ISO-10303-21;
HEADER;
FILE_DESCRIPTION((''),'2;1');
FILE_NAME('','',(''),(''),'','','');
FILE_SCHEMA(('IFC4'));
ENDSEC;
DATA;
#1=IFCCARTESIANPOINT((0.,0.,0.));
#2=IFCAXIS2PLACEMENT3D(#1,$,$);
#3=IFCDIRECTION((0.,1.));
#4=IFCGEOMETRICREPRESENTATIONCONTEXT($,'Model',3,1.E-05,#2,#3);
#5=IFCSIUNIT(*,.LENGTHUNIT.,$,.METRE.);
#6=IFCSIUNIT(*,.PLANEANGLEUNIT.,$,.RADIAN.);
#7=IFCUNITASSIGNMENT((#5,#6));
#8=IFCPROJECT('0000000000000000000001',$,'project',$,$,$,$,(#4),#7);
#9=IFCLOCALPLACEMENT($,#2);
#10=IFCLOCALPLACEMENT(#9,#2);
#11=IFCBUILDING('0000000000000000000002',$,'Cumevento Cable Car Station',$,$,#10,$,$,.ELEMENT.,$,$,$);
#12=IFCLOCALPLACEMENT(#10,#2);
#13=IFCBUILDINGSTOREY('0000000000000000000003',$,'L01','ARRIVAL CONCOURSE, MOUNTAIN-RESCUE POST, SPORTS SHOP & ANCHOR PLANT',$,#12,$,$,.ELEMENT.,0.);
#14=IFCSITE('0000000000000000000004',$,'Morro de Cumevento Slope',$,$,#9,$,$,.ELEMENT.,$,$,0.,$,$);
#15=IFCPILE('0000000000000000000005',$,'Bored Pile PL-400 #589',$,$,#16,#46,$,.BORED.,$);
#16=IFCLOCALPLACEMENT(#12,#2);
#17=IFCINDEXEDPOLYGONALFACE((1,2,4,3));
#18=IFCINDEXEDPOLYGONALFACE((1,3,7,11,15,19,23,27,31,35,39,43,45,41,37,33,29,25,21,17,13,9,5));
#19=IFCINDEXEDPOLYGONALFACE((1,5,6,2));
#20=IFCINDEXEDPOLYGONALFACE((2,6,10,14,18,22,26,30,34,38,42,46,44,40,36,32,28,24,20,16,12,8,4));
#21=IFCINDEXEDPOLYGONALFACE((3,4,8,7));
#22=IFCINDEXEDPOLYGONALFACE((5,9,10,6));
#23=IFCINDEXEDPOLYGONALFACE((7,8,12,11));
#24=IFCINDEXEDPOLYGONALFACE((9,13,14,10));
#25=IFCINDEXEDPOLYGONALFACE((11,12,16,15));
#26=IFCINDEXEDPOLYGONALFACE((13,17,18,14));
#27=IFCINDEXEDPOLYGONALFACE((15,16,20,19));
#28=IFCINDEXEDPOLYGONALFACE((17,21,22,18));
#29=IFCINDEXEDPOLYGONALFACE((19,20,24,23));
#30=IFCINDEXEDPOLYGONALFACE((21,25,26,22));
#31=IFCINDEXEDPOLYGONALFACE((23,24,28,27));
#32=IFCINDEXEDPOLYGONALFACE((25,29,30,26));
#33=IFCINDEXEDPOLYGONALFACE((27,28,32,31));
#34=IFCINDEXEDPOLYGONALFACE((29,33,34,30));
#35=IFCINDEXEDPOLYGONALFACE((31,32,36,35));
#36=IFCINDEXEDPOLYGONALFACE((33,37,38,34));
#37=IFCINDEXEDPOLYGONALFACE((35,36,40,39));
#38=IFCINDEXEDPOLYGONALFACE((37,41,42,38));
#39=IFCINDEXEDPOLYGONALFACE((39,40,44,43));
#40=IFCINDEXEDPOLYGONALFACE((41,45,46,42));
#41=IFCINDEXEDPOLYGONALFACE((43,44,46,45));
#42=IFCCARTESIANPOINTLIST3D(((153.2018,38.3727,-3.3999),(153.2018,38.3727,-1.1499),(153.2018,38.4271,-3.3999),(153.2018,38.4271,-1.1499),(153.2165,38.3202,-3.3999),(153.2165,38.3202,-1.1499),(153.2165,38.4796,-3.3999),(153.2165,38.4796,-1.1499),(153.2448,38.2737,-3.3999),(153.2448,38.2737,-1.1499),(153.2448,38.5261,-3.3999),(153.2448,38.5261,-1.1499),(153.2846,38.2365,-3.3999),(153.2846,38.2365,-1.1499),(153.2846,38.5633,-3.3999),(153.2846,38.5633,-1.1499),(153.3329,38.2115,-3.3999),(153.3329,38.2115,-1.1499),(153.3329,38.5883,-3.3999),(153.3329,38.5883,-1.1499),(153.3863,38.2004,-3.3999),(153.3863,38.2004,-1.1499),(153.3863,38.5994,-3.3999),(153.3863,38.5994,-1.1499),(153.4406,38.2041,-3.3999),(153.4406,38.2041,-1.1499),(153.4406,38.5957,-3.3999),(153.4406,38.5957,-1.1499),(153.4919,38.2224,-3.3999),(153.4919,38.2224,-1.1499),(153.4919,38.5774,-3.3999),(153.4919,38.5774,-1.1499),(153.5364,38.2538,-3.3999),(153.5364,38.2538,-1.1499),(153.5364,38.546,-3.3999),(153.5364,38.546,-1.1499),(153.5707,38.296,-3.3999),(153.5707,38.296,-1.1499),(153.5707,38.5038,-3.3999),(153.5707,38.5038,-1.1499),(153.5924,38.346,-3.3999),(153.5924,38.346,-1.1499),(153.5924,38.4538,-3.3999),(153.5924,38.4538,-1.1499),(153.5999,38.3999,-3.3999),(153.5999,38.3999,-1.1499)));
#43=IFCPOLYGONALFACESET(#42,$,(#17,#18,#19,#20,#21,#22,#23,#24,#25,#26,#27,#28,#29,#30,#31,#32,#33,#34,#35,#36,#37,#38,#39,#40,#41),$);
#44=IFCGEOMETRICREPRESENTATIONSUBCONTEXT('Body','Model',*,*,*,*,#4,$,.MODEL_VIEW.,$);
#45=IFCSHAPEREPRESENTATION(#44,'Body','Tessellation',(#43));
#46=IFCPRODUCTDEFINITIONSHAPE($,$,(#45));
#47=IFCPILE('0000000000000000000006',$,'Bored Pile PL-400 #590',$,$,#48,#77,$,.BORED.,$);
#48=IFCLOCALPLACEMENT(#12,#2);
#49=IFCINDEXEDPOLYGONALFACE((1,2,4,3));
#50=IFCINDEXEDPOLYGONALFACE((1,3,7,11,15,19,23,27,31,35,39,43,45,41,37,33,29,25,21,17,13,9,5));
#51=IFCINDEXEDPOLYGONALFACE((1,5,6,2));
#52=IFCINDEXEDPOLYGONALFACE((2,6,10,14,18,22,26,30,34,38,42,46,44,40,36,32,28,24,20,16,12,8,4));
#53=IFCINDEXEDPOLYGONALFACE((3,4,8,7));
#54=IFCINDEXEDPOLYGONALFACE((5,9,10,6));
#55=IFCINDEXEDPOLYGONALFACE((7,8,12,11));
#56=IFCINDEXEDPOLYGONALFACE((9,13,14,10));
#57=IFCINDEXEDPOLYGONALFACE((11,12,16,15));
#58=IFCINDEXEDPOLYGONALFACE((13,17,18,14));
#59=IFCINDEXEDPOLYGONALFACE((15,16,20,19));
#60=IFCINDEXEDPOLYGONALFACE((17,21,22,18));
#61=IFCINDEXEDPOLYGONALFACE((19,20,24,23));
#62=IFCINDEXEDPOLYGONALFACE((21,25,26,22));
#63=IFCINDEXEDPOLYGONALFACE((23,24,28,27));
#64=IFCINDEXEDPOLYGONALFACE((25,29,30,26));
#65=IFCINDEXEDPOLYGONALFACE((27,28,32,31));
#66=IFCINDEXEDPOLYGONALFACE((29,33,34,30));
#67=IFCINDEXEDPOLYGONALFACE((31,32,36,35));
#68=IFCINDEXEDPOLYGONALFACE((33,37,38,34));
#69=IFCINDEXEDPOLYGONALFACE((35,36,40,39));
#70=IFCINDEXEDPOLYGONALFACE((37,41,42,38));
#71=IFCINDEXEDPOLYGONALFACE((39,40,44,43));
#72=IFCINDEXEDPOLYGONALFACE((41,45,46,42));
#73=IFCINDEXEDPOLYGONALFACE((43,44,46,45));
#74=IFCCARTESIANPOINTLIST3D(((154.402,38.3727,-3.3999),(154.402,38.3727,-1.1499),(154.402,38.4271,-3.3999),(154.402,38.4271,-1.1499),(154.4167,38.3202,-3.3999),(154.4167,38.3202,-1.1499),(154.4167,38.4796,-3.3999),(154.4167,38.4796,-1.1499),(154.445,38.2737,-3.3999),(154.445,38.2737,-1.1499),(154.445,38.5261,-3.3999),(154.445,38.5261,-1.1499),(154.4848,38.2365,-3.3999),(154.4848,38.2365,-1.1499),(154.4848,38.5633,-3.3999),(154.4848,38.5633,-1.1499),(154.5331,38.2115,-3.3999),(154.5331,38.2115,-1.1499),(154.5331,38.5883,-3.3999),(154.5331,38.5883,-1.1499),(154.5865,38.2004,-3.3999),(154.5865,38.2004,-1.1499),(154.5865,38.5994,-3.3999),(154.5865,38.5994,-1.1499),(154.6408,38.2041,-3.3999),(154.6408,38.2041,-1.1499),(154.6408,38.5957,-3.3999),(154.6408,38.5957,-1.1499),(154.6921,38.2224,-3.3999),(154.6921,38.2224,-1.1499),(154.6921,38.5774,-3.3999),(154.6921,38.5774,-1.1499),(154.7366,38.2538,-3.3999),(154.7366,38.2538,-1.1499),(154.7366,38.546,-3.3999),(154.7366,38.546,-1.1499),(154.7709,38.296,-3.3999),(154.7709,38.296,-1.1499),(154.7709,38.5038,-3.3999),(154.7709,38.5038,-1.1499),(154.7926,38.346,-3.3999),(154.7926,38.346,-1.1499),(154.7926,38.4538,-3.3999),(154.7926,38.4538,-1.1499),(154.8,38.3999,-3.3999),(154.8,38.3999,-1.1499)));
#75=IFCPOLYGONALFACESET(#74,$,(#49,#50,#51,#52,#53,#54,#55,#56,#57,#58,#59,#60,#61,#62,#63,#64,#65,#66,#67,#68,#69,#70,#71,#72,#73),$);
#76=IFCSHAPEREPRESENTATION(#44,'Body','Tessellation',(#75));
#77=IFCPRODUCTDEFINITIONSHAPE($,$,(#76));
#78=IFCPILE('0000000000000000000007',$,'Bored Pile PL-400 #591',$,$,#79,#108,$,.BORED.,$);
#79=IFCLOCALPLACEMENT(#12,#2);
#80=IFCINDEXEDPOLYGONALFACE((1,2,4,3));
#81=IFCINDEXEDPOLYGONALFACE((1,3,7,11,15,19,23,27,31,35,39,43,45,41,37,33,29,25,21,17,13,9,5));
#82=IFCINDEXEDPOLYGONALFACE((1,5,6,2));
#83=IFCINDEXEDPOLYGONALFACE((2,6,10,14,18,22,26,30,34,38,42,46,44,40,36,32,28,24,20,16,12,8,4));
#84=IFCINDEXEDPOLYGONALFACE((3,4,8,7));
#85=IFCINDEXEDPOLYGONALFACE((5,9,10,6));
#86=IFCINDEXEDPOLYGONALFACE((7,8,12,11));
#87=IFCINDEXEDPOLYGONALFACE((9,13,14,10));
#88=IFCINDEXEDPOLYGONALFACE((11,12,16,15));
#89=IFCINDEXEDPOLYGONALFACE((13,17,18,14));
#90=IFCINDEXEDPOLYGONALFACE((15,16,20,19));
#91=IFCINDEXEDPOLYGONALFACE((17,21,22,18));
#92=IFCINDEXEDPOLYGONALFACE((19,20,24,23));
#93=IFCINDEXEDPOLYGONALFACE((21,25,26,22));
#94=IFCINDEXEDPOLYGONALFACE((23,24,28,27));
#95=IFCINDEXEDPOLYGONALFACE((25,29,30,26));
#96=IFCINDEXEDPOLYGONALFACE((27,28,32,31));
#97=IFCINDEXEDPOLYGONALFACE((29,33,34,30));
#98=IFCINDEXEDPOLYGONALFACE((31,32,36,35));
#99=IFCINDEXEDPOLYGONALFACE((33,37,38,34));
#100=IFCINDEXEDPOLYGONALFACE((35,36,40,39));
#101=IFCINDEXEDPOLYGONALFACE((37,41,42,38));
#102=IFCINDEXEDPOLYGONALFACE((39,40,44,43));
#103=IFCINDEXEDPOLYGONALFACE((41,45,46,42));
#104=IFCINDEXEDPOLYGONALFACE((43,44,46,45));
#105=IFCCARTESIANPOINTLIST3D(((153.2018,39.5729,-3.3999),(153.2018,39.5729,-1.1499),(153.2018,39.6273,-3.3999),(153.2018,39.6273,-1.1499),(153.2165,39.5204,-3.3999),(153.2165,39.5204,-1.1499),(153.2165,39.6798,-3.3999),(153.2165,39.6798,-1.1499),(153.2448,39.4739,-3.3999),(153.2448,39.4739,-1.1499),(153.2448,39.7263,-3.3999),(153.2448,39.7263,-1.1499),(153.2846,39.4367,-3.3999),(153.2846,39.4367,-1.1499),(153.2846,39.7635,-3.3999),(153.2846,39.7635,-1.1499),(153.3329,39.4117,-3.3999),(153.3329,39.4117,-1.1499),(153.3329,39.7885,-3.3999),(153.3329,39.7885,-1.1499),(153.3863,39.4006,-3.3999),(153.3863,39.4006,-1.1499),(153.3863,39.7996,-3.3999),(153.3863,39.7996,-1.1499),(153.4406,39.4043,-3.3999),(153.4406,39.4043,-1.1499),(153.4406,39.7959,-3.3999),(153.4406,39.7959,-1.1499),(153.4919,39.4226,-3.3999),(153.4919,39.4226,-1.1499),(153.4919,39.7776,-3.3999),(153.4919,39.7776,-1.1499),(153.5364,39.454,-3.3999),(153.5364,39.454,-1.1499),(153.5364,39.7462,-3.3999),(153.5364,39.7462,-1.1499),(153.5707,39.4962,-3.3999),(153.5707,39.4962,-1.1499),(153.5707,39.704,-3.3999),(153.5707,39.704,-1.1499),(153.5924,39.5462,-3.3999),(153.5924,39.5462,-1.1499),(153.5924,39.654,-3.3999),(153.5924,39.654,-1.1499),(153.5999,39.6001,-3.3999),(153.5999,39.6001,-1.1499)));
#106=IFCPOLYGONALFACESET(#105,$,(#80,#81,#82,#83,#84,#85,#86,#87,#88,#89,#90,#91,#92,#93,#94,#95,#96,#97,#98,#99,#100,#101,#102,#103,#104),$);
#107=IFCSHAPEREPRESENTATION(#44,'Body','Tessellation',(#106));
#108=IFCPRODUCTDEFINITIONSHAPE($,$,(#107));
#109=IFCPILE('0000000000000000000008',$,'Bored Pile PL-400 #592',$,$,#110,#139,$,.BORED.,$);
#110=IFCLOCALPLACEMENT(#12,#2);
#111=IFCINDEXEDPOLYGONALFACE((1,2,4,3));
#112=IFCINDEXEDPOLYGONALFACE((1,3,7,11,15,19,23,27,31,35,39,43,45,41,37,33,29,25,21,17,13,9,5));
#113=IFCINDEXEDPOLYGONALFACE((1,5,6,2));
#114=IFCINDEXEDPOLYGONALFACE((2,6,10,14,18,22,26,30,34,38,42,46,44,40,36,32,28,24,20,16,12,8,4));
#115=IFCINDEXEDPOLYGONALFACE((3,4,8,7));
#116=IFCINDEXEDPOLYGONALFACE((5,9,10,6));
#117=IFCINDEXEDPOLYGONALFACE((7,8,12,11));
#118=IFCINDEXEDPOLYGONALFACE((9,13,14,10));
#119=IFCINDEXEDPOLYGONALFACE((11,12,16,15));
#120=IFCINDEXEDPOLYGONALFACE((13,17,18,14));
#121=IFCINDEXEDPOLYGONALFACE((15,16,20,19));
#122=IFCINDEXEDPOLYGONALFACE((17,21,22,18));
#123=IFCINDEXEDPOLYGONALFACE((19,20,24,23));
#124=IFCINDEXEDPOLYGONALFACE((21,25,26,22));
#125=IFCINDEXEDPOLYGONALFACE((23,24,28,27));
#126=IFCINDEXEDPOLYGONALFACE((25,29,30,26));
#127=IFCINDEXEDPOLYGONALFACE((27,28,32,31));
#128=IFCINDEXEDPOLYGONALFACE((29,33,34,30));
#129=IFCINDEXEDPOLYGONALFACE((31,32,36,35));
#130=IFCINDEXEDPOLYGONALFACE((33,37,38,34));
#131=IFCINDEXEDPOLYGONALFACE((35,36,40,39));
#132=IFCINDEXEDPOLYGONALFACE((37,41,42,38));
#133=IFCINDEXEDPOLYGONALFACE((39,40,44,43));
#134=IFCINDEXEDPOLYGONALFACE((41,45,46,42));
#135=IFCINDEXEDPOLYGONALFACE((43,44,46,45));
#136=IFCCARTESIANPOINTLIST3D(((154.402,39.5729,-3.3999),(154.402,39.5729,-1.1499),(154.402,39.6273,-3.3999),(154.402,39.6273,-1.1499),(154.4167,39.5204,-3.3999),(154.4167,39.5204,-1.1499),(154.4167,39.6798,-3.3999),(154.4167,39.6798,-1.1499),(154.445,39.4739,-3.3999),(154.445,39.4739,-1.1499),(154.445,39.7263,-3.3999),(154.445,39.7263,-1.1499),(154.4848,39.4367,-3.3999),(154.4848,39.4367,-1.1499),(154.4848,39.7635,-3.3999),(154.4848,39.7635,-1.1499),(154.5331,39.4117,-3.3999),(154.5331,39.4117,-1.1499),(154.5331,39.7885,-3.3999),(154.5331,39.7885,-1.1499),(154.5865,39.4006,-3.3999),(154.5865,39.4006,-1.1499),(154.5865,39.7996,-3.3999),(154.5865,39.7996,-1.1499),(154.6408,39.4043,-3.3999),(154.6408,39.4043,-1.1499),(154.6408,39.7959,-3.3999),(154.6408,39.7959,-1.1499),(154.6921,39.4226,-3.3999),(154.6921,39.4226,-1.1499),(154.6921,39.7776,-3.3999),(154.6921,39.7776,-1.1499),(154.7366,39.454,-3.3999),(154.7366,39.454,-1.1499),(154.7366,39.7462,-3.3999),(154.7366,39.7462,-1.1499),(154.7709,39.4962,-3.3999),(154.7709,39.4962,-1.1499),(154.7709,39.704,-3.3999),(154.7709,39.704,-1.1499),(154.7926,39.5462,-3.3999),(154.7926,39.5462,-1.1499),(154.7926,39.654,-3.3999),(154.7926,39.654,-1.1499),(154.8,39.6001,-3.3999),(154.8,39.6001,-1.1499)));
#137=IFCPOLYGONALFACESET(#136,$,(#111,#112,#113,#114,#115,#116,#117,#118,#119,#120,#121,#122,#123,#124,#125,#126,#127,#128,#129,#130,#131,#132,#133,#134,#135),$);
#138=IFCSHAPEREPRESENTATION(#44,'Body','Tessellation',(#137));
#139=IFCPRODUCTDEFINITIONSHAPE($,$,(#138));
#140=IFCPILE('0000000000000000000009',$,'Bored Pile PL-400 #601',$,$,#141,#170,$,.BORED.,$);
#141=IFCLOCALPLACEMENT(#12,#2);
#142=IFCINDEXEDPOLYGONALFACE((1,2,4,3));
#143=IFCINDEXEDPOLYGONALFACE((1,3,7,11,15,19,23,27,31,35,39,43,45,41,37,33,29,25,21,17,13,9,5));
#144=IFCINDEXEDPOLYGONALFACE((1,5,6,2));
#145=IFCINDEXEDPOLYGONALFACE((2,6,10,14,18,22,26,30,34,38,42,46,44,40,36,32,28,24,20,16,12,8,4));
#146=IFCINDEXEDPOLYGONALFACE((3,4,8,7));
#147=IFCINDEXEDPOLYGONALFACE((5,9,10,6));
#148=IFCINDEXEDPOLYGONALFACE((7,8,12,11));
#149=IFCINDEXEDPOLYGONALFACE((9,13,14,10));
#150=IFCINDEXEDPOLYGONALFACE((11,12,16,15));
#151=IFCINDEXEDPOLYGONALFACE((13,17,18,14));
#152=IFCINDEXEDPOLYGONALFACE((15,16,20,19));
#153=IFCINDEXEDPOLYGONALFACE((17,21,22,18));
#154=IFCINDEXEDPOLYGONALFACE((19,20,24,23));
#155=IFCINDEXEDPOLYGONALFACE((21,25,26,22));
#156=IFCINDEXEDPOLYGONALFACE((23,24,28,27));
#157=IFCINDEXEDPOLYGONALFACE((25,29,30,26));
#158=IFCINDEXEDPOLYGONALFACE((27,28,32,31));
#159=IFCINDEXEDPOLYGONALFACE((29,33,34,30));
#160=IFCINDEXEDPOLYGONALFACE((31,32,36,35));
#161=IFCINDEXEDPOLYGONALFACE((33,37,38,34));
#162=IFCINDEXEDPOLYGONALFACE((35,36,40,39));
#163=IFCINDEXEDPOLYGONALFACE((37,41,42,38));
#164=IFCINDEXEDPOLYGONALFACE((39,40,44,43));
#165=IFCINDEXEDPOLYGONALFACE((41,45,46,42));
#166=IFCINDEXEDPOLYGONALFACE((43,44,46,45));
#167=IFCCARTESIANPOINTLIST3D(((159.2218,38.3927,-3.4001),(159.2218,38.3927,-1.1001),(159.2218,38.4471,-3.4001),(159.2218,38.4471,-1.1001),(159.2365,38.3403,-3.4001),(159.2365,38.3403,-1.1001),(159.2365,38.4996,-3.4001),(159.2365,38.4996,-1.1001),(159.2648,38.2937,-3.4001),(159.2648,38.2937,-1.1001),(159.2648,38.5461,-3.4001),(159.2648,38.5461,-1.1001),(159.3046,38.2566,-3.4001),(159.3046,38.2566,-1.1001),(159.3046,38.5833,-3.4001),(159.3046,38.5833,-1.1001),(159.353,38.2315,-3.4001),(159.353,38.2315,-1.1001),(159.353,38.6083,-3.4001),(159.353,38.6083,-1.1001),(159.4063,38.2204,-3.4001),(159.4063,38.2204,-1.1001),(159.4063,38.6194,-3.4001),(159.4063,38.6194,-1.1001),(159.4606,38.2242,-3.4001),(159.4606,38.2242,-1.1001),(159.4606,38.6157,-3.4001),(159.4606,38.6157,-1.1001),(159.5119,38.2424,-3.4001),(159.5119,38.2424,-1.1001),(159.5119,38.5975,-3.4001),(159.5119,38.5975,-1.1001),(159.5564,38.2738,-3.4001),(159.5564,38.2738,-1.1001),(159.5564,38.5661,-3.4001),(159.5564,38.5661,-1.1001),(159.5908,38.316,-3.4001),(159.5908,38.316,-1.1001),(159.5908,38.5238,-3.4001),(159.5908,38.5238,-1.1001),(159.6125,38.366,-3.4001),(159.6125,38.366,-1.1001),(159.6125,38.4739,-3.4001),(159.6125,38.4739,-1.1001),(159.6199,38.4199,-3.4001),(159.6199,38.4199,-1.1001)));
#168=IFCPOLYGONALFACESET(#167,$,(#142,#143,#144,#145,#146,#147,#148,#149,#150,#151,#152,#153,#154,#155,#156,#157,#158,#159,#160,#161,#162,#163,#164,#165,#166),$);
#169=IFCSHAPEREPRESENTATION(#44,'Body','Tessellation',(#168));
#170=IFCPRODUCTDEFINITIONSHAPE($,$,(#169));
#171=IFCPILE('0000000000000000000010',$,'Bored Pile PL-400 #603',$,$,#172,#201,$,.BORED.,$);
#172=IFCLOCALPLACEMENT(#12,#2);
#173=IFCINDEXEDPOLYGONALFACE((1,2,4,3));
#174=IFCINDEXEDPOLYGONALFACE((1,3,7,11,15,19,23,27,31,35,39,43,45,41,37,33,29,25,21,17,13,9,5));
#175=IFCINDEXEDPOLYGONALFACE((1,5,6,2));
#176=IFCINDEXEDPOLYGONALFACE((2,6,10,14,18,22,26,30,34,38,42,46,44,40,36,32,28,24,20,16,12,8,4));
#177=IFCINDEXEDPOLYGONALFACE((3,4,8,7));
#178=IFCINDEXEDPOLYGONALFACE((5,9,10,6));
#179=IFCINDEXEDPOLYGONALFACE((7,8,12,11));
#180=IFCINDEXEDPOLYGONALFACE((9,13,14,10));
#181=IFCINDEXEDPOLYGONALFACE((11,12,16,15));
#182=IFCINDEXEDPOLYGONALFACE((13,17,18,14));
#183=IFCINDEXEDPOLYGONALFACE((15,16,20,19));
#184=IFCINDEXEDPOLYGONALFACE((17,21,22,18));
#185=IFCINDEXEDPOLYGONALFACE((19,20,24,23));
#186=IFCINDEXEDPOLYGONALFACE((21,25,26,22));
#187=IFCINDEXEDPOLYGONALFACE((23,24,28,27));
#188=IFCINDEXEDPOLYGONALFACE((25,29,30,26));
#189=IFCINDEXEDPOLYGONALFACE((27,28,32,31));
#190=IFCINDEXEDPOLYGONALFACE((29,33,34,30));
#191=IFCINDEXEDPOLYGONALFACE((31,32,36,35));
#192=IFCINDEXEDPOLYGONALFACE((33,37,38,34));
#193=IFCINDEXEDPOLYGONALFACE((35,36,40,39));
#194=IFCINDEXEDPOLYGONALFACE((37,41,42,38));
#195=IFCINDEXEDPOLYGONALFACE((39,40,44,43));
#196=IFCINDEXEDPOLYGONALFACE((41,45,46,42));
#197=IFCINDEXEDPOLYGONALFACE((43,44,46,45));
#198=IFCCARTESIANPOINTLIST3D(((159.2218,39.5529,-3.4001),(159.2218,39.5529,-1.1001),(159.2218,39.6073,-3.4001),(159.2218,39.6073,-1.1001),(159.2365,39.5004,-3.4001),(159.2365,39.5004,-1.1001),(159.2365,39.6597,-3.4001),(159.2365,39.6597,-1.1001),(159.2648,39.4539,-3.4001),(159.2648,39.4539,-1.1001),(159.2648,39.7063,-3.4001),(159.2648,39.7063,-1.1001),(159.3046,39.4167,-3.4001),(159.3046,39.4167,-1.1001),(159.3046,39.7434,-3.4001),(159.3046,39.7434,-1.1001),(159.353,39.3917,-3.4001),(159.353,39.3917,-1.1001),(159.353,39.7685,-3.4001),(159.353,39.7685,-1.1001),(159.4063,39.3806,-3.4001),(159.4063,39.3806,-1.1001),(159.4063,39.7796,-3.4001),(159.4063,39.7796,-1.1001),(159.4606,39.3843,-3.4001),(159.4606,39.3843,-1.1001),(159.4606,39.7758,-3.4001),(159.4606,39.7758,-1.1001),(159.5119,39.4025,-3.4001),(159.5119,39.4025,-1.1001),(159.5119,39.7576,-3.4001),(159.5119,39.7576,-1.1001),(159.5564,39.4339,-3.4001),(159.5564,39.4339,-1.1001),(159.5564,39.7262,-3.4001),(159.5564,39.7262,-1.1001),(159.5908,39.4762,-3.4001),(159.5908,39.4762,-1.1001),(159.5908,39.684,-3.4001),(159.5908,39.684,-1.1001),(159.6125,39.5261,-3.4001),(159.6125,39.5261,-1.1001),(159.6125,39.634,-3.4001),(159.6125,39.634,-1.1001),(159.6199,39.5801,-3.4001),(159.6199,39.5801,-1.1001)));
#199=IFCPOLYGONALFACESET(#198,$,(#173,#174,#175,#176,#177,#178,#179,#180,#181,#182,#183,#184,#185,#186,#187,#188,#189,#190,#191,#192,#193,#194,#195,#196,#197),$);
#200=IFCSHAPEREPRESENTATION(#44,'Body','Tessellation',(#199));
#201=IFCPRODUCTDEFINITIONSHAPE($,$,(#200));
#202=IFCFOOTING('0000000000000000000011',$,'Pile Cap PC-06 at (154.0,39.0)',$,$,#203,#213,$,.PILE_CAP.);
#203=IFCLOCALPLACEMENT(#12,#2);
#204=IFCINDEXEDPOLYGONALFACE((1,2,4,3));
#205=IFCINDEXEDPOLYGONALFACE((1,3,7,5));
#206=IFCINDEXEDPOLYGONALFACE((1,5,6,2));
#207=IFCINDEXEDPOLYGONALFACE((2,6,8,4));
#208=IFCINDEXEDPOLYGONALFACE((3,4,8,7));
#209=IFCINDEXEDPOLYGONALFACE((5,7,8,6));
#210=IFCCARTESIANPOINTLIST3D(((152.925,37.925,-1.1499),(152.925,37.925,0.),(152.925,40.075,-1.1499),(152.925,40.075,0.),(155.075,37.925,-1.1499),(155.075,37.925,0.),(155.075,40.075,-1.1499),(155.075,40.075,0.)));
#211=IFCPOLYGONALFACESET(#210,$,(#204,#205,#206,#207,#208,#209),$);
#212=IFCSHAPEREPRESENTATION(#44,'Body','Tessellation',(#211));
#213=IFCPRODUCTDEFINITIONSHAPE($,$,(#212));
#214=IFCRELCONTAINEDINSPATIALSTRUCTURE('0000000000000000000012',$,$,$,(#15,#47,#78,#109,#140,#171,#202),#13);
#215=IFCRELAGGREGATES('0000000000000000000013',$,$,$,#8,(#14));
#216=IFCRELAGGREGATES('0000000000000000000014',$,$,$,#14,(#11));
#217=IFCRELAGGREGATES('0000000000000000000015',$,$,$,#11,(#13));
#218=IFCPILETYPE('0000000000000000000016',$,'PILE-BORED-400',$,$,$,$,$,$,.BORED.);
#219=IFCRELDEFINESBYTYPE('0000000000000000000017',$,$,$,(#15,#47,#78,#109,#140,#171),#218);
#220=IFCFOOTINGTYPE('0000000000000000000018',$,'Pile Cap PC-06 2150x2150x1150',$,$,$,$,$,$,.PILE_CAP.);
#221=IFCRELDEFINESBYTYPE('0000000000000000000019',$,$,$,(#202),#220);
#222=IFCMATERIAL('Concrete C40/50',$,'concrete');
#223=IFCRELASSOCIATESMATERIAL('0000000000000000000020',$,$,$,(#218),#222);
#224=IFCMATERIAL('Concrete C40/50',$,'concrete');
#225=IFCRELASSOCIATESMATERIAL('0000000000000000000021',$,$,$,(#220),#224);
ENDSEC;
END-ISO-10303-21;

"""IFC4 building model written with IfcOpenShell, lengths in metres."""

from ifc_helpers import new_model, si_unit, direction, frame, origin, origin_2d, place, context, subcontext, project, spatial, rectangle, circle, extrude, material, material_profile, profile_set, type_object, element, save


model = new_model("IFC4")

# Units and contexts
model_context = context("Model", 3, precision=1e-05, world=origin(), true_north=direction((0.0, 1.0)))
body_context = subcontext(model_context, "Body", "Model", "MODEL_VIEW")
ifc_project = project(units=[si_unit("LENGTHUNIT", "METRE"), si_unit("PLANEANGLEUNIT", "RADIAN")], contexts=[model_context])

# Site, building, storey
site_placement = place(None, origin())
site = spatial("IfcSite", under=ifc_project, at=site_placement, Name="Morro de Cumevento Slope", CompositionType="ELEMENT", RefElevation=0.0)
building_placement = place(site_placement, origin())
building = spatial("IfcBuilding", under=site, at=building_placement, Name="Cumevento Cable Car Station", CompositionType="ELEMENT")
storey_placement = place(building_placement, origin())
storey = spatial("IfcBuildingStorey", under=building, at=storey_placement, Name="L01", Description="ARRIVAL CONCOURSE, MOUNTAIN-RESCUE POST, SPORTS SHOP & ANCHOR PLANT", CompositionType="ELEMENT", Elevation=0.0)

# Piles
ifc_material_1 = material(Name="Concrete C40/50", Category="concrete")
ifc_material_profile_1 = material_profile(ifc_material_1, circle(Radius=0.2, at=origin_2d()), Name="PILE-D400")
ifc_profile_set_1 = profile_set([ifc_material_profile_1], Name="Concrete C40/50")
pile_type = type_object("IfcPileType", Name="PILE-BORED-400", PredefinedType="BORED", material=ifc_profile_set_1)
for number, where, z_axis, x_axis, name in (
    (1, (153.3999, 38.3999, -1.1499), (0.0, 0.0, -1.0), (1.0, 0.0, 0.0), "Bored Pile PL-400 #589"),
    (2, (154.6001, 38.3999, -1.1499), (0.0, 0.0, -1.0), (1.0, 0.0, 0.0), "Bored Pile PL-400 #590"),
    (3, (153.3999, 39.6001, -1.1499), (0.0, 0.0, -1.0), (1.0, 0.0, 0.0), "Bored Pile PL-400 #591"),
    (4, (154.6001, 39.6001, -1.1499), (0.0, 0.0, -1.0), (1.0, 0.0, 0.0), "Bored Pile PL-400 #592"),
):
    element("IfcPile", number, at=place(storey_placement, frame(where, z_axis=z_axis, x_axis=x_axis)), inside=storey, type_object=pile_type, Name=name, PredefinedType="BORED", context=body_context, shape_type="SweptSolid", body=[
        extrude(circle(Radius=0.2, at=origin_2d()), origin(), (0.0, 0.0, 1.0), 2.25),
    ])
for number, where, z_axis, x_axis, name in (
    (5, (159.4199, 38.4199, -1.1001), (0.0, 0.0, -1.0), (1.0, 0.0, 0.0), "Bored Pile PL-400 #601"),
    (6, (159.4199, 39.5801, -1.1001), (0.0, 0.0, -1.0), (1.0, 0.0, 0.0), "Bored Pile PL-400 #603"),
):
    element("IfcPile", number, at=place(storey_placement, frame(where, z_axis=z_axis, x_axis=x_axis)), inside=storey, type_object=pile_type, Name=name, PredefinedType="BORED", context=body_context, shape_type="SweptSolid", body=[
        extrude(circle(Radius=0.2, at=origin_2d()), origin(), (0.0, 0.0, 1.0), 2.3),
    ])

# Footing
ifc_material_2 = material(Name="Concrete C40/50", Category="concrete")
footing_type = type_object("IfcFootingType", Name="Pile Cap PC-06 2150x2150x1150", PredefinedType="PILE_CAP", material=ifc_material_2)
footing_placement = place(storey_placement, frame((154.0, 39.0, -1.1499), z_axis=(0.0, 0.0, 1.0), x_axis=(1.0, 0.0, 0.0)))
element("IfcFooting", 7, at=footing_placement, inside=storey, type_object=footing_type, Name="Pile Cap PC-06 at (154.0,39.0)", PredefinedType="PILE_CAP", context=body_context, shape_type="SweptSolid", body=[
    extrude(rectangle(XDim=2.1499, YDim=2.1499, at=origin_2d()), origin(), (0.0, 0.0, 1.0), 1.1499),
])

save(model, "model.ifc")
